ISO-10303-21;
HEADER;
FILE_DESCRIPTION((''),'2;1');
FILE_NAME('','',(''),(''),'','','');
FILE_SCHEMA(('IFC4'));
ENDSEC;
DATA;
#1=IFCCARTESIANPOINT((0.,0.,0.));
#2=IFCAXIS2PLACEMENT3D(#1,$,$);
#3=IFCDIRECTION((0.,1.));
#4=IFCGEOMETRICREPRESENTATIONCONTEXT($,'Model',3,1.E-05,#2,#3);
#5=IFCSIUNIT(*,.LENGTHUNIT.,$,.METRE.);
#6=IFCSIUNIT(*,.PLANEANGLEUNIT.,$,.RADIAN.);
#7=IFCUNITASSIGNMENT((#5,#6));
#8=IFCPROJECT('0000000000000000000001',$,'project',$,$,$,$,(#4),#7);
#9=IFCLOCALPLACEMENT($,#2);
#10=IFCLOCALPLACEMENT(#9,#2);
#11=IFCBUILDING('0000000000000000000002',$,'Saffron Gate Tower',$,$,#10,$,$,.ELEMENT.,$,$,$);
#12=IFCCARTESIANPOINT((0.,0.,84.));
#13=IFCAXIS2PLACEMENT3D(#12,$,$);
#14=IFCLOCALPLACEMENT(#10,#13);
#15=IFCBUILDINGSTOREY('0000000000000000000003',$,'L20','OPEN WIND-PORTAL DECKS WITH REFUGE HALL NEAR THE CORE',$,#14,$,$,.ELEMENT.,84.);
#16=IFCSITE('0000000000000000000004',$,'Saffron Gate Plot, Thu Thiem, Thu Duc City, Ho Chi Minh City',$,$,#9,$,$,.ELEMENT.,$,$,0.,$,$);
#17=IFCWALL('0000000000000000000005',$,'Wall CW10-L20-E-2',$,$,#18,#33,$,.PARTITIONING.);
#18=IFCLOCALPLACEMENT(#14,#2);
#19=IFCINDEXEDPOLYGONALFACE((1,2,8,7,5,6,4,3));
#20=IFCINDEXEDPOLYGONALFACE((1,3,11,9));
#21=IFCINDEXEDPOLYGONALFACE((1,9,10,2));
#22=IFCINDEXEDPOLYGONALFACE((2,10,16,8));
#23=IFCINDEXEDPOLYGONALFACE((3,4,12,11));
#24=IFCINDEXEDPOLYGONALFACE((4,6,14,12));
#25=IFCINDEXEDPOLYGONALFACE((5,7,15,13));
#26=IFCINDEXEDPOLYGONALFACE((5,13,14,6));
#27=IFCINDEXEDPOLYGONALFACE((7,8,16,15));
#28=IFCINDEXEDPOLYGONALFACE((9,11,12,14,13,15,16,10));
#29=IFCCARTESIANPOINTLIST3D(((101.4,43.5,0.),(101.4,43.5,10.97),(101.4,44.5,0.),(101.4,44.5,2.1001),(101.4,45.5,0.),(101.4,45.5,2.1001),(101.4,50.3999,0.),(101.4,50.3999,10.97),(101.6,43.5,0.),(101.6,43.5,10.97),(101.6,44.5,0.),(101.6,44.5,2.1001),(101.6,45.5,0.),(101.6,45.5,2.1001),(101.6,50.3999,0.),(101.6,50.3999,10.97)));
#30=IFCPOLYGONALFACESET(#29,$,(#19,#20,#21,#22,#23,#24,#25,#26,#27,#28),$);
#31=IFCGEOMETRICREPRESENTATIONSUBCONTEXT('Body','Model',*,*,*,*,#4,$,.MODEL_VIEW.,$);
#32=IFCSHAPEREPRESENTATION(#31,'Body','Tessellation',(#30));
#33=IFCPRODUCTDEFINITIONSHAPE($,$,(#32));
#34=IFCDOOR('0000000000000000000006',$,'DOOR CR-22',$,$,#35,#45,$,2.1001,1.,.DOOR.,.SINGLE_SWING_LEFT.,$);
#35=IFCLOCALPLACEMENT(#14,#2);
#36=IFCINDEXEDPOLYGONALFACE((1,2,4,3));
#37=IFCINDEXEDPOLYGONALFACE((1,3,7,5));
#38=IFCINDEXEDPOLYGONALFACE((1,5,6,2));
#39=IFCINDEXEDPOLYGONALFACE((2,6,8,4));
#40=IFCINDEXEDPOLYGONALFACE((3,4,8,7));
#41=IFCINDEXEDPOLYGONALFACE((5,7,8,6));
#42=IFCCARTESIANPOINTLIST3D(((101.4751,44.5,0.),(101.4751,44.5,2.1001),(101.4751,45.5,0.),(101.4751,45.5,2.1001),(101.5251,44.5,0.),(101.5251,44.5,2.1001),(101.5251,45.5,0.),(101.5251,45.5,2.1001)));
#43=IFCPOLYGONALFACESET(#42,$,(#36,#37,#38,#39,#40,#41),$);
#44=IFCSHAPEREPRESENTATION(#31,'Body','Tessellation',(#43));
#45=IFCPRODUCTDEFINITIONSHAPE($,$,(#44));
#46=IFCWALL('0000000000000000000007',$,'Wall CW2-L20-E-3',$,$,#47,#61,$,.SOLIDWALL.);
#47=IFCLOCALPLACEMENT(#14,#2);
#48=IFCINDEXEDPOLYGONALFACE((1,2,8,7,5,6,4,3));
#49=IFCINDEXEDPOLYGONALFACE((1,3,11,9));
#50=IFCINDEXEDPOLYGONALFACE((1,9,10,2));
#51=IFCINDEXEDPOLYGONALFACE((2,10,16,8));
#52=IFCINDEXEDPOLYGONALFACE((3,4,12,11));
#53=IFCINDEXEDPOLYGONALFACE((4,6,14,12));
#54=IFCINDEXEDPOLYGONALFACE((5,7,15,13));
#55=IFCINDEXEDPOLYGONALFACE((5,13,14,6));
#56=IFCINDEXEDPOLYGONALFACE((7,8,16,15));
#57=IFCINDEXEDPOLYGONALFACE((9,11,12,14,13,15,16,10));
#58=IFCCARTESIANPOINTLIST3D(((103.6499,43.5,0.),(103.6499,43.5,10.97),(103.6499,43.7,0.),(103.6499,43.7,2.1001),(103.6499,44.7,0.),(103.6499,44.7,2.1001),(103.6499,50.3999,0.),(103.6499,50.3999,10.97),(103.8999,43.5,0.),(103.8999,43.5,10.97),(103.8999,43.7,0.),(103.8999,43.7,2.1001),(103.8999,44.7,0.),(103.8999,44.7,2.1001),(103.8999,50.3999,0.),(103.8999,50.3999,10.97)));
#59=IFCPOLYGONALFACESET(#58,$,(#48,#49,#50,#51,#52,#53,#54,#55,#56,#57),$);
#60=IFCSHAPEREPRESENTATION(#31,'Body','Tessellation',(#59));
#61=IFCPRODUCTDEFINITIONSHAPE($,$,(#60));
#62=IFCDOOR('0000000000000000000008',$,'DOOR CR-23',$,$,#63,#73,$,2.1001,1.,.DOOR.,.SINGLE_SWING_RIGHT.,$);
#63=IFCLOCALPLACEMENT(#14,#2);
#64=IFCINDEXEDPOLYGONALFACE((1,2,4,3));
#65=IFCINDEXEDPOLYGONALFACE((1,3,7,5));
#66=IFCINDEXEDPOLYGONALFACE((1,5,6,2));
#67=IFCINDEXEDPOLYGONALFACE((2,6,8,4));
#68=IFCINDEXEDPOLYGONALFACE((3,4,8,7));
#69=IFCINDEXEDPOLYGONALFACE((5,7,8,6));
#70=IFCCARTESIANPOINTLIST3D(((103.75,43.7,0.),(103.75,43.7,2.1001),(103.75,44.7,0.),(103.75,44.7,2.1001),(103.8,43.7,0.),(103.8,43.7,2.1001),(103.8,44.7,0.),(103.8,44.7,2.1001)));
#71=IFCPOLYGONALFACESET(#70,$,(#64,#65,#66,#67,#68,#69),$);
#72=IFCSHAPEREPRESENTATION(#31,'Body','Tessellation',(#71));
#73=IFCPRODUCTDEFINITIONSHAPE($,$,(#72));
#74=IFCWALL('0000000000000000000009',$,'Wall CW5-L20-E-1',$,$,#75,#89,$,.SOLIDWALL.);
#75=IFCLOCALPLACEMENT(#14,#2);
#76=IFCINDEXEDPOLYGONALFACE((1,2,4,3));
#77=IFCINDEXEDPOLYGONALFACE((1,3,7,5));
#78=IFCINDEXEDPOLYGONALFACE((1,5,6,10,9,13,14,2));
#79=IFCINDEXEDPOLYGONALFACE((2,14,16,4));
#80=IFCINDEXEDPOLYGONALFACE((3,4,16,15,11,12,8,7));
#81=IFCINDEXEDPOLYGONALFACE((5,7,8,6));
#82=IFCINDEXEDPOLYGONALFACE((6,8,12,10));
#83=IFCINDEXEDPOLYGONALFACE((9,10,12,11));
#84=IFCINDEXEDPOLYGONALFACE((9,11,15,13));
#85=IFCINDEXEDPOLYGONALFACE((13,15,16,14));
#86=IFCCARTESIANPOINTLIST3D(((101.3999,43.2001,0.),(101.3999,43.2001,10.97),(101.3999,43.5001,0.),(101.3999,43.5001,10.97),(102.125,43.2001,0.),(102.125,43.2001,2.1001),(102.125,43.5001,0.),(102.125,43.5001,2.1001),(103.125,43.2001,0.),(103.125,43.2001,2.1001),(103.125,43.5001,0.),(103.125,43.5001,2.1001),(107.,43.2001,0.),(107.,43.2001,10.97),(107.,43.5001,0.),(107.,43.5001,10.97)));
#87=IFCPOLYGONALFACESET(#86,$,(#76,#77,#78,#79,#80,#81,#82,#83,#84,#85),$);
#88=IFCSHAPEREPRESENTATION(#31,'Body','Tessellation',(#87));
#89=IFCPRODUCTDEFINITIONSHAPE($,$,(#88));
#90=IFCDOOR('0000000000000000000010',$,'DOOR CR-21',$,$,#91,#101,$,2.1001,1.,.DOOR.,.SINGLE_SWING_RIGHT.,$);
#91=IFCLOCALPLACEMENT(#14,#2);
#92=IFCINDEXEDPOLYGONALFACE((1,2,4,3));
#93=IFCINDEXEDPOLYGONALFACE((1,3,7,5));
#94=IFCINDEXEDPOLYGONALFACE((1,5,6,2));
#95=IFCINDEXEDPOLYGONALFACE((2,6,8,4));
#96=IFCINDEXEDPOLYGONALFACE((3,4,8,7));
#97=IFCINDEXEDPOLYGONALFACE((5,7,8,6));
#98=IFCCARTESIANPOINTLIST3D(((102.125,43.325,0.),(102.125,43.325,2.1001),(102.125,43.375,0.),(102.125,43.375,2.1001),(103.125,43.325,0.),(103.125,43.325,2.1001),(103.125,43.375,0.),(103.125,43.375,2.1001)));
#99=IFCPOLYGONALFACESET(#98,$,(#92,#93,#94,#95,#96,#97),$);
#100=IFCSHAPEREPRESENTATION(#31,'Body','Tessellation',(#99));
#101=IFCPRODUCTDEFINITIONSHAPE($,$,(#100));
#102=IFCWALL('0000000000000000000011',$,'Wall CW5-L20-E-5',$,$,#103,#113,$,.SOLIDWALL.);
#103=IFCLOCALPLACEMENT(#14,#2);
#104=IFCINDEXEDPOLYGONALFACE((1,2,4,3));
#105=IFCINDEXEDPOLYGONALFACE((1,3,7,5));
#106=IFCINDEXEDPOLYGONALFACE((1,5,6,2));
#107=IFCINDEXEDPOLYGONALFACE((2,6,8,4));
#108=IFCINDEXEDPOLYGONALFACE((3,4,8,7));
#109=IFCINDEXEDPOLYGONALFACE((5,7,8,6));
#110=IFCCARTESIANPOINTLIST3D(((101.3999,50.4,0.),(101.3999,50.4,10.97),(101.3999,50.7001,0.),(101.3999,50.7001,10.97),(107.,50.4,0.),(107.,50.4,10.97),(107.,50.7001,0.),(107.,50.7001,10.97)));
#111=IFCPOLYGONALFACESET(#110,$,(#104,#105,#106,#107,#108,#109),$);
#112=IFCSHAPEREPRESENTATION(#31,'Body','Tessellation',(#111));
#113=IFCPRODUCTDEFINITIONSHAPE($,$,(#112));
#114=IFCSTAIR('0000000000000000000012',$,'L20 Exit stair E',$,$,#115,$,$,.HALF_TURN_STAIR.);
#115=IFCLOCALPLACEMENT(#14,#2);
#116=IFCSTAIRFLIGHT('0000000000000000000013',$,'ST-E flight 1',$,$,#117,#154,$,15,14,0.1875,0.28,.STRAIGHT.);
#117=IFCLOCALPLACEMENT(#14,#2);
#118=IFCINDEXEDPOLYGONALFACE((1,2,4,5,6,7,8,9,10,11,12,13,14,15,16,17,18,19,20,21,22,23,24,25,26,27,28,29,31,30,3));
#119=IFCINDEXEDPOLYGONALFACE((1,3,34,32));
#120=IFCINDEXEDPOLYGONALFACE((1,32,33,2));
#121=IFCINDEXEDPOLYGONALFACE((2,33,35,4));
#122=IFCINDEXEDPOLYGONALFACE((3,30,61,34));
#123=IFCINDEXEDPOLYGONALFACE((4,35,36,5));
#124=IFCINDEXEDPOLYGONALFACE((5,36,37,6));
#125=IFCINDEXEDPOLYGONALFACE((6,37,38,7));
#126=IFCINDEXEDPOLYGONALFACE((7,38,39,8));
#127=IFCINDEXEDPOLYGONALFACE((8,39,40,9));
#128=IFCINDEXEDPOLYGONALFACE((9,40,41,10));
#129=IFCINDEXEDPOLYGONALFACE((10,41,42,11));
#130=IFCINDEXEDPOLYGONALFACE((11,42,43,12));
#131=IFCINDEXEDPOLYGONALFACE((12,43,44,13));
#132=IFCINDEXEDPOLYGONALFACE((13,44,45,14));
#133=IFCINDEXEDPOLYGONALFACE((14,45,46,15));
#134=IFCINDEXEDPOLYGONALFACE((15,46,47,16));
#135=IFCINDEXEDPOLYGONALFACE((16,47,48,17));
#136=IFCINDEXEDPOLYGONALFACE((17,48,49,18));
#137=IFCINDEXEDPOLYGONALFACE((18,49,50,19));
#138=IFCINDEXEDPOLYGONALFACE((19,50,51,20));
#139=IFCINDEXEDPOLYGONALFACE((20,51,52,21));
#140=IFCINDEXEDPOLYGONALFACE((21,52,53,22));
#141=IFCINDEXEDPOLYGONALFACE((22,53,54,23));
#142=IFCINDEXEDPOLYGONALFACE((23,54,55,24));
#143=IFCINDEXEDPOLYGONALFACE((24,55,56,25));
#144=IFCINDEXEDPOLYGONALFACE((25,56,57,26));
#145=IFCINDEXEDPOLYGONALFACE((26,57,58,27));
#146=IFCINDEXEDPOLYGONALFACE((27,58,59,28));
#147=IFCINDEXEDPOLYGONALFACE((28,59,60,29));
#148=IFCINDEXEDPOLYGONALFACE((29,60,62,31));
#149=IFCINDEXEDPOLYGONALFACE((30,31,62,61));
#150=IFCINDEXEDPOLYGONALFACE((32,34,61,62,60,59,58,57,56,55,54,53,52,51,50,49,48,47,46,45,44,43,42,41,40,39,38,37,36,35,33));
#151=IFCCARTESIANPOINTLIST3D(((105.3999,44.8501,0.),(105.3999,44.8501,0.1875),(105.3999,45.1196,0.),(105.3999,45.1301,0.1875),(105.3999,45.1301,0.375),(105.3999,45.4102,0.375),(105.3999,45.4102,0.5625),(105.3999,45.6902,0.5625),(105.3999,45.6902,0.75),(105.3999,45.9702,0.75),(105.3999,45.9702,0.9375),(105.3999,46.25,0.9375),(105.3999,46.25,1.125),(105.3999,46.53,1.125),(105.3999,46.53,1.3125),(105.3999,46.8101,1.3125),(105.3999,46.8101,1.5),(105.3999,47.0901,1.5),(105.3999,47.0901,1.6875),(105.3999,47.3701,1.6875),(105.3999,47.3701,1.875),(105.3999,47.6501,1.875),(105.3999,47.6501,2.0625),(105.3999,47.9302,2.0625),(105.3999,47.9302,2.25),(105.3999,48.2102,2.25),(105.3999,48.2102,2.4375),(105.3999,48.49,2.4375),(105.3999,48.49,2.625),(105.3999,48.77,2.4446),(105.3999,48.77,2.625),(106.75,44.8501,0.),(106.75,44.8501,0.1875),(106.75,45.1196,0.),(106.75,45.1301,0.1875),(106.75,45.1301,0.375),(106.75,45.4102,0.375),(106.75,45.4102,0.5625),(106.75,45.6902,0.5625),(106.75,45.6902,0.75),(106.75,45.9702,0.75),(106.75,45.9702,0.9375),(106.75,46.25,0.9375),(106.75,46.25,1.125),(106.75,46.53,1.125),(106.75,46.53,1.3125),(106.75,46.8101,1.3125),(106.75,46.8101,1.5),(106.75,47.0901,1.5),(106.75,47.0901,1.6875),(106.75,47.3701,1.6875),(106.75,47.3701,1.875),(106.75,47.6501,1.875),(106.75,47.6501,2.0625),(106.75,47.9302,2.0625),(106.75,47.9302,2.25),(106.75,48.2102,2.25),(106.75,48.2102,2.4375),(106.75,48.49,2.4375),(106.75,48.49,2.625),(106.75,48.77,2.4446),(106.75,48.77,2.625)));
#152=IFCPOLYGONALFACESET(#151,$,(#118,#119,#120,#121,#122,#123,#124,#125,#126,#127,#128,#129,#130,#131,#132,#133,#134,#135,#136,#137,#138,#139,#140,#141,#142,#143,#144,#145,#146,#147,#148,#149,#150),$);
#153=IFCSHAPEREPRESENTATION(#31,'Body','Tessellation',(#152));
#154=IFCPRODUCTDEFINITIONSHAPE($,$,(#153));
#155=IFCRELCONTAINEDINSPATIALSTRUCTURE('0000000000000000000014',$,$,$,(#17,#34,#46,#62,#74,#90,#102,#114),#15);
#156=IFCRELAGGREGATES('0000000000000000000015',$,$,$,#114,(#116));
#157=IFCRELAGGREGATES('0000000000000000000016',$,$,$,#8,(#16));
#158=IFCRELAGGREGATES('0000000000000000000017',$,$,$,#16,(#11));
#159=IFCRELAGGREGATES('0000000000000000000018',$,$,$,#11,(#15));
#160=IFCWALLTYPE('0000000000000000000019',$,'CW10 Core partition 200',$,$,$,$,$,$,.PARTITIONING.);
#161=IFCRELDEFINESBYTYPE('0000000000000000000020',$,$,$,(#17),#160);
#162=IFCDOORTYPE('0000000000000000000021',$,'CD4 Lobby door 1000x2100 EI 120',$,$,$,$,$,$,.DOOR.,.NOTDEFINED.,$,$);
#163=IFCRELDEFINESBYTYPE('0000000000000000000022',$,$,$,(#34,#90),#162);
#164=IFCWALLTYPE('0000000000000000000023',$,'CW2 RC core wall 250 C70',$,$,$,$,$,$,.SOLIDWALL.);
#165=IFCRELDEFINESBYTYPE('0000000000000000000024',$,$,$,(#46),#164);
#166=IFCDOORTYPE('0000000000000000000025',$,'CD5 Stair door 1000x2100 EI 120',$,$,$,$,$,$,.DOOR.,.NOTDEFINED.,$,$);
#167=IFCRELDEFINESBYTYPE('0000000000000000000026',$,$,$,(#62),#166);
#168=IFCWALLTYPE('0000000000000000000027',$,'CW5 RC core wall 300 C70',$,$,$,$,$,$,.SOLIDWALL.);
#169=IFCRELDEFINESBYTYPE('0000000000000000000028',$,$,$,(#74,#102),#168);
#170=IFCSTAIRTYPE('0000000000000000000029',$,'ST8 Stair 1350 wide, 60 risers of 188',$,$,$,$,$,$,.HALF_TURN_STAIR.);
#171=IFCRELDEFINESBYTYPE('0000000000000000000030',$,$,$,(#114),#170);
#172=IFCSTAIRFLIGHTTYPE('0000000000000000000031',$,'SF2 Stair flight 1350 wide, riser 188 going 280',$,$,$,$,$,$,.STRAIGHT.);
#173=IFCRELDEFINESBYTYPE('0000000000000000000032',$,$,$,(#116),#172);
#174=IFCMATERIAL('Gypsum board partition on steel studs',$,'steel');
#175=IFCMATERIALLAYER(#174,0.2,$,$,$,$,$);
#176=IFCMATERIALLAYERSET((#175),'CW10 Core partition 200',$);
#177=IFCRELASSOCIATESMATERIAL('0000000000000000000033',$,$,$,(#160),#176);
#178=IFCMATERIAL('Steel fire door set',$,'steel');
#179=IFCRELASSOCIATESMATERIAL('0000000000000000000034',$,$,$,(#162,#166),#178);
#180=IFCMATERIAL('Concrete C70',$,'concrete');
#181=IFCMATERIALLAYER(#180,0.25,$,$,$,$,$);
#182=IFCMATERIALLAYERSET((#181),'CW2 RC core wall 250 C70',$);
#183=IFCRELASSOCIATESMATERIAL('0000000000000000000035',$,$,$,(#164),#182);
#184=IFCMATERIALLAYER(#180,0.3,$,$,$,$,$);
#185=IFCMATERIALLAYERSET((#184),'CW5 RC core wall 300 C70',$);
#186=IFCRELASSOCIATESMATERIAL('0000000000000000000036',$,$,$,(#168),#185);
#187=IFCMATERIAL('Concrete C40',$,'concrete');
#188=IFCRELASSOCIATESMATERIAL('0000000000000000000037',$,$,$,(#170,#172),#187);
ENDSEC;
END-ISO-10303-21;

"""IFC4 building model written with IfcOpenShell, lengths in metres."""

from ifc_helpers import new_model, si_unit, direction, frame, frame_2d, origin, place, context, subcontext, project, spatial, polyline, rectangle, outline, extrude, material, layer, layer_set, type_object, element, fill, aggregate, save


model = new_model("IFC4")

# Units and contexts
model_context = context("Model", 3, precision=1e-05, world=origin(), true_north=direction((0.0, 1.0)))
body_context = subcontext(model_context, "Body", "Model", "MODEL_VIEW")
ifc_project = project(units=[si_unit("LENGTHUNIT", "METRE"), si_unit("PLANEANGLEUNIT", "RADIAN")], contexts=[model_context])

# Site, building, storey
site_placement = place(None, origin())
site = spatial("IfcSite", under=ifc_project, at=site_placement, Name="Saffron Gate Plot, Thu Thiem, Thu Duc City, Ho Chi Minh City", CompositionType="ELEMENT", RefElevation=0.0)
building_placement = place(site_placement, origin())
building = spatial("IfcBuilding", under=site, at=building_placement, Name="Saffron Gate Tower", CompositionType="ELEMENT")
storey_placement = place(building_placement, frame((0.0, 0.0, 84.0)))
storey = spatial("IfcBuildingStorey", under=building, at=storey_placement, Name="L20", Description="OPEN WIND-PORTAL DECKS WITH REFUGE HALL NEAR THE CORE", CompositionType="ELEMENT", Elevation=84.0)

# Walls, openings, doors
ifc_material_1 = material(Name="Gypsum board partition on steel studs", Category="steel")
ifc_layer_1 = layer(ifc_material_1, 0.2)
ifc_layer_set_1 = layer_set([ifc_layer_1], Name="CW10 Core partition 200")
wall_type_1 = type_object("IfcWallType", Name="CW10 Core partition 200", PredefinedType="PARTITIONING", material=ifc_layer_set_1)
wall_1_placement = place(storey_placement, frame((101.5, 43.5, 0.0), z_axis=(0.0, 0.0, 1.0), x_axis=(0.0, 1.0, 0.0)))
wall_1 = element("IfcWall", 1, at=wall_1_placement, inside=storey, type_object=wall_type_1, Name="Wall CW10-L20-E-2", PredefinedType="PARTITIONING", context=body_context, shape_type="SweptSolid", body=[
    extrude(rectangle(XDim=6.8999, YDim=0.2, at=frame_2d((3.45, 0.0))), origin(), (0.0, 0.0, 1.0), 10.97),
])
opening_1_placement = place(wall_1_placement, frame((1.0, 0.0, 0.0)))
opening_1 = element("IfcOpeningElement", 2, at=opening_1_placement, cuts=wall_1, PredefinedType="OPENING", context=body_context, shape_type="SweptSolid", body=[
    extrude(rectangle(XDim=1.0, YDim=2.1001, at=frame_2d((0.5, 1.05))), frame((0.0, 0.1099, 0.0), z_axis=(0.0, -1.0, 0.0), x_axis=(1.0, 0.0, 0.0)), (0.0, 0.0, 1.0), 0.22),
])
ifc_material_2 = material(Name="Steel fire door set", Category="steel")
door_type_1 = type_object("IfcDoorType", Name="CD4 Lobby door 1000x2100 EI 120", OperationType="NOTDEFINED", PredefinedType="DOOR", material=ifc_material_2)
door_1_placement = place(opening_1_placement, origin())
door_1 = element("IfcDoor", 3, at=door_1_placement, inside=storey, type_object=door_type_1, Name="DOOR CR-22", OperationType="SINGLE_SWING_LEFT", OverallHeight=2.1001, OverallWidth=1.0, PredefinedType="DOOR", context=body_context, shape_type="SweptSolid", body=[
    extrude(rectangle(XDim=1.0, YDim=2.1001, at=frame_2d((0.5, 1.05))), frame((0.0, 0.0249, 0.0), z_axis=(0.0, -1.0, 0.0), x_axis=(1.0, 0.0, 0.0)), (0.0, 0.0, 1.0), 0.05),
])
fill(opening_1, door_1)
ifc_material_3 = material(Name="Concrete C70", Category="concrete")
ifc_layer_2 = layer(ifc_material_3, 0.25)
ifc_layer_set_2 = layer_set([ifc_layer_2], Name="CW2 RC core wall 250 C70")
wall_type_2 = type_object("IfcWallType", Name="CW2 RC core wall 250 C70", PredefinedType="SOLIDWALL", material=ifc_layer_set_2)
wall_2_placement = place(storey_placement, frame((103.7749, 43.5, 0.0), z_axis=(0.0, 0.0, 1.0), x_axis=(0.0, 1.0, 0.0)))
wall_2 = element("IfcWall", 4, at=wall_2_placement, inside=storey, type_object=wall_type_2, Name="Wall CW2-L20-E-3", PredefinedType="SOLIDWALL", context=body_context, shape_type="SweptSolid", body=[
    extrude(rectangle(XDim=6.8999, YDim=0.25, at=frame_2d((3.45, 0.0))), origin(), (0.0, 0.0, 1.0), 10.97),
])
opening_2_placement = place(wall_2_placement, frame((0.2, 0.0, 0.0)))
opening_2 = element("IfcOpeningElement", 5, at=opening_2_placement, cuts=wall_2, PredefinedType="OPENING", context=body_context, shape_type="SweptSolid", body=[
    extrude(rectangle(XDim=1.0, YDim=2.1001, at=frame_2d((0.5, 1.05))), frame((0.0, 0.135, 0.0), z_axis=(0.0, -1.0, 0.0), x_axis=(1.0, 0.0, 0.0)), (0.0, 0.0, 1.0), 0.27),
])
door_type_2 = type_object("IfcDoorType", Name="CD5 Stair door 1000x2100 EI 120", OperationType="NOTDEFINED", PredefinedType="DOOR", material=ifc_material_2)
door_2_placement = place(opening_2_placement, origin())
door_2 = element("IfcDoor", 6, at=door_2_placement, inside=storey, type_object=door_type_2, Name="DOOR CR-23", OperationType="SINGLE_SWING_RIGHT", OverallHeight=2.1001, OverallWidth=1.0, PredefinedType="DOOR", context=body_context, shape_type="SweptSolid", body=[
    extrude(rectangle(XDim=1.0, YDim=2.1001, at=frame_2d((0.5, 1.05))), frame((0.0, 0.0249, 0.0), z_axis=(0.0, -1.0, 0.0), x_axis=(1.0, 0.0, 0.0)), (0.0, 0.0, 1.0), 0.05),
])
fill(opening_2, door_2)
ifc_layer_3 = layer(ifc_material_3, 0.3)
ifc_layer_set_3 = layer_set([ifc_layer_3], Name="CW5 RC core wall 300 C70")
wall_type_3 = type_object("IfcWallType", Name="CW5 RC core wall 300 C70", PredefinedType="SOLIDWALL", material=ifc_layer_set_3)
wall_3_placement = place(storey_placement, frame((101.3999, 43.3501, 0.0), z_axis=(0.0, 0.0, 1.0), x_axis=(1.0, 0.0, 0.0)))
wall_3 = element("IfcWall", 7, at=wall_3_placement, inside=storey, type_object=wall_type_3, Name="Wall CW5-L20-E-1", PredefinedType="SOLIDWALL", context=body_context, shape_type="SweptSolid", body=[
    extrude(rectangle(XDim=5.6001, YDim=0.3, at=frame_2d((2.8, 0.0))), origin(), (0.0, 0.0, 1.0), 10.97),
])
opening_3_placement = place(wall_3_placement, frame((0.7251, 0.0, 0.0)))
opening_3 = element("IfcOpeningElement", 8, at=opening_3_placement, cuts=wall_3, PredefinedType="OPENING", context=body_context, shape_type="SweptSolid", body=[
    extrude(rectangle(XDim=1.0, YDim=2.1001, at=frame_2d((0.5, 1.05))), frame((0.0, 0.1602, 0.0), z_axis=(0.0, -1.0, 0.0), x_axis=(1.0, 0.0, 0.0)), (0.0, 0.0, 1.0), 0.3201),
])
door_3_placement = place(opening_3_placement, origin())
door_3 = element("IfcDoor", 9, at=door_3_placement, inside=storey, type_object=door_type_1, Name="DOOR CR-21", OperationType="SINGLE_SWING_RIGHT", OverallHeight=2.1001, OverallWidth=1.0, PredefinedType="DOOR", context=body_context, shape_type="SweptSolid", body=[
    extrude(rectangle(XDim=1.0, YDim=2.1001, at=frame_2d((0.5, 1.05))), frame((0.0, 0.0249, 0.0), z_axis=(0.0, -1.0, 0.0), x_axis=(1.0, 0.0, 0.0)), (0.0, 0.0, 1.0), 0.05),
])
fill(opening_3, door_3)

# Wall
wall_4_placement = place(storey_placement, frame((101.3999, 50.55, 0.0), z_axis=(0.0, 0.0, 1.0), x_axis=(1.0, 0.0, 0.0)))
element("IfcWall", 10, at=wall_4_placement, inside=storey, type_object=wall_type_3, Name="Wall CW5-L20-E-5", PredefinedType="SOLIDWALL", context=body_context, shape_type="SweptSolid", body=[
    extrude(rectangle(XDim=5.6001, YDim=0.3, at=frame_2d((2.8, 0.0))), origin(), (0.0, 0.0, 1.0), 10.97),
])

# Stair, stair flight
ifc_material_4 = material(Name="Concrete C40", Category="concrete")
stair_type = type_object("IfcStairType", Name="ST8 Stair 1350 wide, 60 risers of 188", PredefinedType="HALF_TURN_STAIR", material=ifc_material_4)
stair_placement = place(storey_placement, origin())
stair = element("IfcStair", 11, at=stair_placement, inside=storey, type_object=stair_type, Name="L20 Exit stair E", PredefinedType="HALF_TURN_STAIR")
stair_flight_type = type_object("IfcStairFlightType", Name="SF2 Stair flight 1350 wide, riser 188 going 280", PredefinedType="STRAIGHT", material=ifc_material_4)
stair_flight_1_placement = place(storey_placement, frame((106.075, 44.8501, 0.0), z_axis=(0.0, 0.0, 1.0), x_axis=(0.0, 1.0, 0.0)))
stair_flight_1 = element("IfcStairFlight", 12, at=stair_flight_1_placement, type_object=stair_flight_type, Name="ST-E flight 1", NumberOfRisers=15, NumberOfTreads=14, PredefinedType="STRAIGHT", RiserHeight=0.1875, TreadLength=0.28, context=body_context, shape_type="SweptSolid", body=[
    extrude(outline(polyline([(0.0, 0.0), (0.0, 0.1875), (0.28, 0.1875), (0.28, 0.375), (0.5601, 0.375), (0.5601, 0.5625), (0.8401, 0.5625), (0.8401, 0.75), (1.1201, 0.75), (1.1201, 0.9375), (1.3999, 0.9375), (1.3999, 1.125), (1.6799, 1.125), (1.6799, 1.3125), (1.96, 1.3125), (1.96, 1.5), (2.24, 1.5), (2.24, 1.6875), (2.52, 1.6875), (2.52, 1.875), (2.8, 1.875), (2.8, 2.0625), (3.0801, 2.0625), (3.0801, 2.25), (3.3601, 2.25), (3.3601, 2.4375), (3.6399, 2.4375), (3.6399, 2.625), (3.9199, 2.625), (3.9199, 2.8125), (3.9199, 2.4446), (0.2695, 0.0), (0.0, 0.0)])), frame((0.0, 0.675, 0.0), z_axis=(0.0, -1.0, 0.0), x_axis=(1.0, 0.0, 0.0)), (0.0, 0.0, 1.0), 1.3501),
])
aggregate(stair, [stair_flight_1])

save(model, "model.ifc")
